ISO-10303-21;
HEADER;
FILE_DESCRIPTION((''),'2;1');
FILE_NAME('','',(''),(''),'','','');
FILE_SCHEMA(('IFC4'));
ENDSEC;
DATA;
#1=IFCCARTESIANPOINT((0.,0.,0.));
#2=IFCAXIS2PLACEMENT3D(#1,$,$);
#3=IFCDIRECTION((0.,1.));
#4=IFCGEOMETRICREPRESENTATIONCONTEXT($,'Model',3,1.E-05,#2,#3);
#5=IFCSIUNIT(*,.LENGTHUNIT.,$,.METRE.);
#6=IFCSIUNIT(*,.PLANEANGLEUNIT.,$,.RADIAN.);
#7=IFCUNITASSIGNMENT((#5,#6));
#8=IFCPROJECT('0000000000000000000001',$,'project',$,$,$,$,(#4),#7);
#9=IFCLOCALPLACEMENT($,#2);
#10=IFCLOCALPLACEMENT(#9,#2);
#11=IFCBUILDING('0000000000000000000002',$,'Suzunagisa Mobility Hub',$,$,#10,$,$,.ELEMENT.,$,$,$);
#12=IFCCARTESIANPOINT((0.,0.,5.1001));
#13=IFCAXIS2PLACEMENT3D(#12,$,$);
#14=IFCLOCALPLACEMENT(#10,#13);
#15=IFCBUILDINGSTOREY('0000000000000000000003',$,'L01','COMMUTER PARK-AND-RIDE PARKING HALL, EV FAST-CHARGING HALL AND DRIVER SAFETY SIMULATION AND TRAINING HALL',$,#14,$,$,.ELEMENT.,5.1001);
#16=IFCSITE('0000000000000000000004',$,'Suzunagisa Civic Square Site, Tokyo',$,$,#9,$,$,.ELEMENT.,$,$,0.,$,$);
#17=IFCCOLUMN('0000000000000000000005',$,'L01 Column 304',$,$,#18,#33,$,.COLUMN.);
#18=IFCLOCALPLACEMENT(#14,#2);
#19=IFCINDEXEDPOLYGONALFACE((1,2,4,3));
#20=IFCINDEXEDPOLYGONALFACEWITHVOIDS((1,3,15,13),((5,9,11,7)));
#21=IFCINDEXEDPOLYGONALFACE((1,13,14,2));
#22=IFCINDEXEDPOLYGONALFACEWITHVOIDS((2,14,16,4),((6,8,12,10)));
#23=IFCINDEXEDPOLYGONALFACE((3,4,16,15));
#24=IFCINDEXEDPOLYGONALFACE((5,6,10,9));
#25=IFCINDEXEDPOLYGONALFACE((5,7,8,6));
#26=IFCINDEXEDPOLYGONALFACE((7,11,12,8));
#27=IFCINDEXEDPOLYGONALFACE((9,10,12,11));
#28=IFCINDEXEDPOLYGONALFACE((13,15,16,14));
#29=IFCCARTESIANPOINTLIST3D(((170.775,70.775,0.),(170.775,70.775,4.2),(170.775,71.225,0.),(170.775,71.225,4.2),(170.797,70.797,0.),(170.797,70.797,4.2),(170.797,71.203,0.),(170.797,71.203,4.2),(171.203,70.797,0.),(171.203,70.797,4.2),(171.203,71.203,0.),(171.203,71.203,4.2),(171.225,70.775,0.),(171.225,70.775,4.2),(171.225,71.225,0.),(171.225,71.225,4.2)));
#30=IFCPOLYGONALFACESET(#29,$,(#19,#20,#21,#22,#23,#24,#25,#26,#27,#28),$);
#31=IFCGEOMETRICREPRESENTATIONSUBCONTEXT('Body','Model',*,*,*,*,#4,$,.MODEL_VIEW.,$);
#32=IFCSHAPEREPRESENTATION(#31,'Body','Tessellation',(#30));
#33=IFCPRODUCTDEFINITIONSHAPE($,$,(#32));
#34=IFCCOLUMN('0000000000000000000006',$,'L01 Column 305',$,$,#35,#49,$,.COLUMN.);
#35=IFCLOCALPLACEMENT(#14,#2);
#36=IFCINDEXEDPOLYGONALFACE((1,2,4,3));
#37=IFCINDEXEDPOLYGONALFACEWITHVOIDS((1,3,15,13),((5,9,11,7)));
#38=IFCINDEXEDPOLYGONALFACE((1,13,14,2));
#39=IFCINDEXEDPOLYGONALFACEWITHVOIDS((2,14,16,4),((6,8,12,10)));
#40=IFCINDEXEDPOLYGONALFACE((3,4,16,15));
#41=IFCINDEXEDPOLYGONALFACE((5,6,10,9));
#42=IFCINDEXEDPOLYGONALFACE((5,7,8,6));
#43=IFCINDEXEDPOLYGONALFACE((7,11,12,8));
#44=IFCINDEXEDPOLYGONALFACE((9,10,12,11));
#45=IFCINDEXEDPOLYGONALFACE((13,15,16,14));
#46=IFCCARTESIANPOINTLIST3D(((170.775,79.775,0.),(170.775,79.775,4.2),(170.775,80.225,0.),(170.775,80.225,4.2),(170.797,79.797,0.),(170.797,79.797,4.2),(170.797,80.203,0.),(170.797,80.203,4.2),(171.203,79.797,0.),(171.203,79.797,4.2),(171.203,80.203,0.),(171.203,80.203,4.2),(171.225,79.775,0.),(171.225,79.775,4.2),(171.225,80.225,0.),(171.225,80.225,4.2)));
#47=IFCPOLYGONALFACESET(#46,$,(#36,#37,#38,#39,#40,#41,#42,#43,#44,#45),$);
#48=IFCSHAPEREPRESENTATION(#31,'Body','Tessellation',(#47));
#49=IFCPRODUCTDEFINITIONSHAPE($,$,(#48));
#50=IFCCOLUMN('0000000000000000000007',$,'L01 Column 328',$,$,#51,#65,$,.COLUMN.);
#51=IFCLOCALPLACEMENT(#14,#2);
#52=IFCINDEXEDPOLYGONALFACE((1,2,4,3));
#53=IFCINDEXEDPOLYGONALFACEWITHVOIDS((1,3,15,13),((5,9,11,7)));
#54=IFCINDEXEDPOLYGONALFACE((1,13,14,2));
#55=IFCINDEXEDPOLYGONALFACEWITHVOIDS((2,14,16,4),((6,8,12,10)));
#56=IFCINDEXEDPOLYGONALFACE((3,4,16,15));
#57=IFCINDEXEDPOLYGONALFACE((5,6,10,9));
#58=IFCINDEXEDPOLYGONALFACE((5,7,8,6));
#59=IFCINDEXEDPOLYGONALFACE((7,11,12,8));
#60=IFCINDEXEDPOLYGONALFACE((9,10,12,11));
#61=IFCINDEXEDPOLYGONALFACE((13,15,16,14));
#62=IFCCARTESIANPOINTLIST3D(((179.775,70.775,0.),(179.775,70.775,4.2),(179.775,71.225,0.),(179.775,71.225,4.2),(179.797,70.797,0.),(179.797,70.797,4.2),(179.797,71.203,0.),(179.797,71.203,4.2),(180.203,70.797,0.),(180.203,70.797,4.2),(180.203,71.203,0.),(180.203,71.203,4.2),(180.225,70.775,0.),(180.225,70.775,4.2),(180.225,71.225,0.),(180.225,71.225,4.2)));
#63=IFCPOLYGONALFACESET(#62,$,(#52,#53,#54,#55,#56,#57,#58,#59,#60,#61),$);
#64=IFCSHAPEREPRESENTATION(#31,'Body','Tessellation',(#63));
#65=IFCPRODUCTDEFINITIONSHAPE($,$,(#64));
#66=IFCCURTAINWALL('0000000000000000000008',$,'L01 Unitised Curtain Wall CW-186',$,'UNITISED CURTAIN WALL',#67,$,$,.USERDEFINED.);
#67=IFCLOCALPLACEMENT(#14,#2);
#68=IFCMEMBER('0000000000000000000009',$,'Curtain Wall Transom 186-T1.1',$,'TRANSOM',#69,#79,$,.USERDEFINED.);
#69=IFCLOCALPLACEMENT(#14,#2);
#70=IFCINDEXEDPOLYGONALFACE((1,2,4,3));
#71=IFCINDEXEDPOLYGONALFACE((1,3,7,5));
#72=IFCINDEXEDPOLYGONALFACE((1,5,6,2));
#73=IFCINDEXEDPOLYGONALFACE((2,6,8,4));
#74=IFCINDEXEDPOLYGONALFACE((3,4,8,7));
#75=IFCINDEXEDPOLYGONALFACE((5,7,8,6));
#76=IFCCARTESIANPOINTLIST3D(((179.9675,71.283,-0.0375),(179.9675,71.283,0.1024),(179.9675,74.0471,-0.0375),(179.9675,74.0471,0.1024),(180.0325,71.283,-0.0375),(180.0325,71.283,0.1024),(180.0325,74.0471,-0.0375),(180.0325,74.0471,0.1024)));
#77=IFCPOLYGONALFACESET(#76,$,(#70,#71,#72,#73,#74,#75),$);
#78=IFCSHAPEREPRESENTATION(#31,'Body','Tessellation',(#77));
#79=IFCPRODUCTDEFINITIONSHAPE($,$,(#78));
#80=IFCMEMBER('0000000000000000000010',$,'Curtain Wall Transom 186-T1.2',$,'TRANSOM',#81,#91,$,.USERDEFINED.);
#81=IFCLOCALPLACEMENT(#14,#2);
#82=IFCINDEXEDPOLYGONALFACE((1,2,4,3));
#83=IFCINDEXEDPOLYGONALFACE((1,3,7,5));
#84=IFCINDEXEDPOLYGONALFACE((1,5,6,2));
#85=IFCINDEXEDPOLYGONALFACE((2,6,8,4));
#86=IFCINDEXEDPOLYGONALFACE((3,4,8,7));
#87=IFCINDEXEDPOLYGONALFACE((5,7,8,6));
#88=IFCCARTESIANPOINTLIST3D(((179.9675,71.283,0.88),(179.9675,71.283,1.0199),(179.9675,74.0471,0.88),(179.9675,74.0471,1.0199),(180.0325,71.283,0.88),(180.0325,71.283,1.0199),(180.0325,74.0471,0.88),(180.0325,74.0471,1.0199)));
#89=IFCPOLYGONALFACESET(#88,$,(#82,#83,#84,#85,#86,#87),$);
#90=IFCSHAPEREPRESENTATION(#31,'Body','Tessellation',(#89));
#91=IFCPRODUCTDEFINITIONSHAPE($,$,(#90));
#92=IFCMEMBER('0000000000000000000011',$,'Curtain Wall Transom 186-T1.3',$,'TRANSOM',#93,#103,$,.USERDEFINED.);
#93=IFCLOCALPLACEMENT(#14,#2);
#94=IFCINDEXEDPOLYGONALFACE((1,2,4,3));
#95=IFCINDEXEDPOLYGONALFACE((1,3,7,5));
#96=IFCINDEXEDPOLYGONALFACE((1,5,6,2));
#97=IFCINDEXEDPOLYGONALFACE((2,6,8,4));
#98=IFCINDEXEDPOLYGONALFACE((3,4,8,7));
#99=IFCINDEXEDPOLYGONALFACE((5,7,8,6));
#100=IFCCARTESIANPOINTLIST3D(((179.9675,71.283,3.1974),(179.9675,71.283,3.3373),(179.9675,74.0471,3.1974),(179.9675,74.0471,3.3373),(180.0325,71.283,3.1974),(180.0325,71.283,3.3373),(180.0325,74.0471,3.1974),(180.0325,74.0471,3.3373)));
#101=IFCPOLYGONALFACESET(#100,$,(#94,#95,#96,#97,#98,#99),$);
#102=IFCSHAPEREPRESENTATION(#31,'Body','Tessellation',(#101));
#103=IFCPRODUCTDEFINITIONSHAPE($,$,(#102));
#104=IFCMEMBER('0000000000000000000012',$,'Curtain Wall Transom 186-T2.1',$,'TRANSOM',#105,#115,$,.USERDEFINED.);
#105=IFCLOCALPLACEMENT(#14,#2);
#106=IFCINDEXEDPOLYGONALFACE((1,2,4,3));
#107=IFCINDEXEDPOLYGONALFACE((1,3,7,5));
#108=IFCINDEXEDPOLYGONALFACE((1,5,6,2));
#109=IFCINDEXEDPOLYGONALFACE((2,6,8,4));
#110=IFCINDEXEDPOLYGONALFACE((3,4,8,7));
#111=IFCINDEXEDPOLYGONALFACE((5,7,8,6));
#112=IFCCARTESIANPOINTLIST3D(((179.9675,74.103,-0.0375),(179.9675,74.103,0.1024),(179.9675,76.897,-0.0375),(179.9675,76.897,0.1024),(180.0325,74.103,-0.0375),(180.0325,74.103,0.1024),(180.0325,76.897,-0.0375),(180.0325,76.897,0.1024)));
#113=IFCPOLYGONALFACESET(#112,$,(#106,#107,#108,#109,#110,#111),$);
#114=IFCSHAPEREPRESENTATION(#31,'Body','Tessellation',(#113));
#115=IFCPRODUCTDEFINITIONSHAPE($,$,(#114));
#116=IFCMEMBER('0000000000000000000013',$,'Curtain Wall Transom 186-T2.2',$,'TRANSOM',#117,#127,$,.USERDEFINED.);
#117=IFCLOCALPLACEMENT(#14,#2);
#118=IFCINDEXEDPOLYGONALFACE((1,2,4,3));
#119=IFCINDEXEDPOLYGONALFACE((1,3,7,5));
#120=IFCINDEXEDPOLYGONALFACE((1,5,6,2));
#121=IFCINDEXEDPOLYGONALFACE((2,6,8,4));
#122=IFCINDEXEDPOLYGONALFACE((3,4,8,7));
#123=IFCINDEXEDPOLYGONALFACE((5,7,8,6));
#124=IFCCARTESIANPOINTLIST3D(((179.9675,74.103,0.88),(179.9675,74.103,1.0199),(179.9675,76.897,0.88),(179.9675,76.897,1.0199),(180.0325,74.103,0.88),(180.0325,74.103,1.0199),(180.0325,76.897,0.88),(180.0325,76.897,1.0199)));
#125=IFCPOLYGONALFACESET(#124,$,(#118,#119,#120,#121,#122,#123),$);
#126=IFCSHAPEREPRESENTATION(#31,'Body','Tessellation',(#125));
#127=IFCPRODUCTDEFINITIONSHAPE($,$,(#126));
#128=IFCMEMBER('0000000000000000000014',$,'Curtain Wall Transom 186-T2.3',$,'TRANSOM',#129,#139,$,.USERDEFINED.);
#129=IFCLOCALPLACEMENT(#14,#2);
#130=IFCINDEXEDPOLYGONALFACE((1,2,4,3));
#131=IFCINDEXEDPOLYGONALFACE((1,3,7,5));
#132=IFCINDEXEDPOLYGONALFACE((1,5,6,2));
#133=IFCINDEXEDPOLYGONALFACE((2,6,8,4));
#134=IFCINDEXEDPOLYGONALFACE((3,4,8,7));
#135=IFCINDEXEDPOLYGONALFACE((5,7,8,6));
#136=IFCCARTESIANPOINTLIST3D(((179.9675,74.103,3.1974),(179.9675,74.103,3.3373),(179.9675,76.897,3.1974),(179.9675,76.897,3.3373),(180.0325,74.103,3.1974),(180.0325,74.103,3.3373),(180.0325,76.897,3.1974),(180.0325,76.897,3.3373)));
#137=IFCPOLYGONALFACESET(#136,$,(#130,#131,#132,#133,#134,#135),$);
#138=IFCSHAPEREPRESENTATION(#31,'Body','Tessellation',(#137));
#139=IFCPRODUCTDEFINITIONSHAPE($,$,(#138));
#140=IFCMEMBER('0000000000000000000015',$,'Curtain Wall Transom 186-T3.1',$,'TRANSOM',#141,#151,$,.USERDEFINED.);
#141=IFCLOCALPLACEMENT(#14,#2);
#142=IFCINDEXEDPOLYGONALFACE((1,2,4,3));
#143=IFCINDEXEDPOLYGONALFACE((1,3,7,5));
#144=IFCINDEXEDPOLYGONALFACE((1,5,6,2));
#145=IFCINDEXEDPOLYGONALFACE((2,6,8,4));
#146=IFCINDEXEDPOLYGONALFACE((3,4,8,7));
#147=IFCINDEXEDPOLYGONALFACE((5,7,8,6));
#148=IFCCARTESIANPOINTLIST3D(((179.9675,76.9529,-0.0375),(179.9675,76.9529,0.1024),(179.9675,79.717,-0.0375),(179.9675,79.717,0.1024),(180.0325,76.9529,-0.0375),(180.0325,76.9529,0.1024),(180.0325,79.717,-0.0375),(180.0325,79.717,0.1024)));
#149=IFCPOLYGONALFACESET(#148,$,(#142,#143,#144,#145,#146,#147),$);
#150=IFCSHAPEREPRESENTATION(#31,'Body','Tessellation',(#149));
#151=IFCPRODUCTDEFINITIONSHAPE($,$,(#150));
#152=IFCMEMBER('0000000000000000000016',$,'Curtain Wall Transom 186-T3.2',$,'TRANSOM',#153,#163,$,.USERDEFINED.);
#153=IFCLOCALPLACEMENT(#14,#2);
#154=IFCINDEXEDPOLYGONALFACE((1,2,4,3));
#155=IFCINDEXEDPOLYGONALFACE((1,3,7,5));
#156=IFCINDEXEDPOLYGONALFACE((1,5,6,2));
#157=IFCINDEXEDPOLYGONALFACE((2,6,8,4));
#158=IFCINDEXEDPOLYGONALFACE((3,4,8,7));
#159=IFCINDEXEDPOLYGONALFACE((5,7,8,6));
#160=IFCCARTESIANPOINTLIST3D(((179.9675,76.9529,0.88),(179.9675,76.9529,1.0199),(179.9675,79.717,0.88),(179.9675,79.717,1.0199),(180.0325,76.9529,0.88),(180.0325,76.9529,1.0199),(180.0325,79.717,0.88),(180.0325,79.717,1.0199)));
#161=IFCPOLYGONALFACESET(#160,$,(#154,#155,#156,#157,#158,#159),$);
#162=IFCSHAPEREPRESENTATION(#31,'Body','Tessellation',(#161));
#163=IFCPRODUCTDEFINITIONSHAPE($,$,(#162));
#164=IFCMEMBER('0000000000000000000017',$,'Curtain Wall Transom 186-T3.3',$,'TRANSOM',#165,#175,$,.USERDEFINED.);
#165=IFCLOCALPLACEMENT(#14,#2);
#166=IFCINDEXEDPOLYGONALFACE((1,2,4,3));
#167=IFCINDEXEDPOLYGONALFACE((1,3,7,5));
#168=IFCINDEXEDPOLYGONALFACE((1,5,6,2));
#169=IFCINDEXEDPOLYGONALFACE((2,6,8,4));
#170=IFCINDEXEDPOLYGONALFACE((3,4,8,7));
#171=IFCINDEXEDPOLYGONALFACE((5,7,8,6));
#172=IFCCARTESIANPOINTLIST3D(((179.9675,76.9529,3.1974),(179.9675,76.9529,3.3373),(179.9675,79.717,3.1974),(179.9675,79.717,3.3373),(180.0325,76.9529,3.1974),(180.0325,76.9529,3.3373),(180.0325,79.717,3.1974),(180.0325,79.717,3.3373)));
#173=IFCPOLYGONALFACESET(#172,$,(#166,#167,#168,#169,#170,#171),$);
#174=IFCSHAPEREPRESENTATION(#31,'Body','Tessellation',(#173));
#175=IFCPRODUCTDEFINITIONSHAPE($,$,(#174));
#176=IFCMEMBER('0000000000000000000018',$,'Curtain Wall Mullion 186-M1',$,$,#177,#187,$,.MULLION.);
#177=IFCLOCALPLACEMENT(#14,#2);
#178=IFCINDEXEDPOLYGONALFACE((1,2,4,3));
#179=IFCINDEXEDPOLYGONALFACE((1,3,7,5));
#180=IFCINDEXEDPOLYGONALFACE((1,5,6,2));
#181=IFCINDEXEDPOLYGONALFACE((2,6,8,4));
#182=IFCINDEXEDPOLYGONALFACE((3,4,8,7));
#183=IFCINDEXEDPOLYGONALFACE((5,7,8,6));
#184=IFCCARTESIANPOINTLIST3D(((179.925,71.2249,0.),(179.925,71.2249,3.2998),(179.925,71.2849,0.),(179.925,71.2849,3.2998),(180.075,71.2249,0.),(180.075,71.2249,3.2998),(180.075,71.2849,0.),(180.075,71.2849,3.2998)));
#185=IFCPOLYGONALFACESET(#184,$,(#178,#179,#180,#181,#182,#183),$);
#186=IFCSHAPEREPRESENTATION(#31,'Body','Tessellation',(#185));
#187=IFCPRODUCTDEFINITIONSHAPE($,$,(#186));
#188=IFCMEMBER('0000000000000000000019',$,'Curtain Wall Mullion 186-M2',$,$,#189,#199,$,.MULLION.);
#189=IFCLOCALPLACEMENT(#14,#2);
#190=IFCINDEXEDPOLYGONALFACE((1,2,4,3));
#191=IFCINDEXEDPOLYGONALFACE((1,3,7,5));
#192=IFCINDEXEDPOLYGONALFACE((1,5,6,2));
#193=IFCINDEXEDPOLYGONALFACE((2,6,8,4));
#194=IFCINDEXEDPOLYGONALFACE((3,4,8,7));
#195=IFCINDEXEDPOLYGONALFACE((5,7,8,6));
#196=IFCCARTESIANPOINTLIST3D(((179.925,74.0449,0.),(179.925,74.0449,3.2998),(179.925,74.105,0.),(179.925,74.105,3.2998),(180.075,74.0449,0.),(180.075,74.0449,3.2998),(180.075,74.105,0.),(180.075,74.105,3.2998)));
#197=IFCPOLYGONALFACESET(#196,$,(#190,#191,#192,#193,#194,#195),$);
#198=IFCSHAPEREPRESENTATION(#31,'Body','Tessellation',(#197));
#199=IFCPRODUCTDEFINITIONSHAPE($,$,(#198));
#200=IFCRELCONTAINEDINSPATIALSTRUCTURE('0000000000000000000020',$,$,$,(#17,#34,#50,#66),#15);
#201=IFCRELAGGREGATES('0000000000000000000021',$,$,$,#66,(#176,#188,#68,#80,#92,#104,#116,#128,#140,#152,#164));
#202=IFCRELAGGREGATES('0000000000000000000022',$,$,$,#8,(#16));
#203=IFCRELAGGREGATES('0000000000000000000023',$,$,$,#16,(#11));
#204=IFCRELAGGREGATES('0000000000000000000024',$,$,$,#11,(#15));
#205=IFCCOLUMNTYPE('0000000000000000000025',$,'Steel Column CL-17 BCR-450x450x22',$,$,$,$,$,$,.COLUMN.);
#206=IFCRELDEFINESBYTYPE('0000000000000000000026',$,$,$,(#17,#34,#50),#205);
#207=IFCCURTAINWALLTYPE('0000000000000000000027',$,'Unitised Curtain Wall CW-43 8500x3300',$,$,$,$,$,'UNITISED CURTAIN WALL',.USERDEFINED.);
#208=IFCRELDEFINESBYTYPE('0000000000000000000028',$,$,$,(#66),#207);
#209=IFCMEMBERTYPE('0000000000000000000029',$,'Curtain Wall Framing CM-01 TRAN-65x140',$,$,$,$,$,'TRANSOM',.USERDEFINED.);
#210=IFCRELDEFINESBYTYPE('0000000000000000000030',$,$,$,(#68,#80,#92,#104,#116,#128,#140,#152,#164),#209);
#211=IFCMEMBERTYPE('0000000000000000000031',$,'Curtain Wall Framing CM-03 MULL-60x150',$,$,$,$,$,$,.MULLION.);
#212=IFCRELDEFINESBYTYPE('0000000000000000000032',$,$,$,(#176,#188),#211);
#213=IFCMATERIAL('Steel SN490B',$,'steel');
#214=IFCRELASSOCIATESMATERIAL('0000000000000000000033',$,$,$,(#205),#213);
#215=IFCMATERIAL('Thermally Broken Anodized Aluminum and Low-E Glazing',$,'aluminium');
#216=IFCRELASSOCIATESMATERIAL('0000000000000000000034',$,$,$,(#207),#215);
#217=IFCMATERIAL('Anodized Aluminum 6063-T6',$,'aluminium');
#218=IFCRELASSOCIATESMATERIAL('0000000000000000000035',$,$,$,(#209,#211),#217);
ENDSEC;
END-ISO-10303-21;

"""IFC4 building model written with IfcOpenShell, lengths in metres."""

from ifc_helpers import new_model, si_unit, direction, frame, origin, origin_2d, place, context, subcontext, project, spatial, rectangle, hollow_rectangle, extrude, material, material_profile, profile_set, type_object, element, aggregate, save


model = new_model("IFC4")

# Units and contexts
model_context = context("Model", 3, precision=1e-05, world=origin(), true_north=direction((0.0, 1.0)))
body_context = subcontext(model_context, "Body", "Model", "MODEL_VIEW")
ifc_project = project(units=[si_unit("LENGTHUNIT", "METRE"), si_unit("PLANEANGLEUNIT", "RADIAN")], contexts=[model_context])

# Site, building, storey
site_placement = place(None, origin())
site = spatial("IfcSite", under=ifc_project, at=site_placement, Name="Suzunagisa Civic Square Site, Tokyo", CompositionType="ELEMENT", RefElevation=0.0)
building_placement = place(site_placement, origin())
building = spatial("IfcBuilding", under=site, at=building_placement, Name="Suzunagisa Mobility Hub", CompositionType="ELEMENT")
storey_placement = place(building_placement, frame((0.0, 0.0, 5.1001)))
storey = spatial("IfcBuildingStorey", under=building, at=storey_placement, Name="L01", Description="COMMUTER PARK-AND-RIDE PARKING HALL, EV FAST-CHARGING HALL AND DRIVER SAFETY SIMULATION AND TRAINING HALL", CompositionType="ELEMENT", Elevation=5.1001)

# Columns
ifc_material_1 = material(Name="Steel SN490B", Category="steel")
ifc_material_profile_1 = material_profile(ifc_material_1, hollow_rectangle(XDim=0.45, YDim=0.45, WallThickness=0.022, at=origin_2d()), Name="BCR-450x450x22")
ifc_profile_set_1 = profile_set([ifc_material_profile_1], Name="Steel SN490B")
column_type = type_object("IfcColumnType", Name="Steel Column CL-17 BCR-450x450x22", PredefinedType="COLUMN", material=ifc_profile_set_1)
for number, where, z_axis, x_axis, name in (
    (1, (171.0, 71.0, 0.0), (0.0, 0.0, 1.0), (1.0, 0.0, 0.0), "L01 Column 304"),
    (2, (171.0, 80.0, 0.0), (0.0, 0.0, 1.0), (1.0, 0.0, 0.0), "L01 Column 305"),
    (3, (180.0, 71.0, 0.0), (0.0, 0.0, 1.0), (1.0, 0.0, 0.0), "L01 Column 328"),
):
    element("IfcColumn", number, at=place(storey_placement, frame(where, z_axis=z_axis, x_axis=x_axis)), inside=storey, type_object=column_type, Name=name, PredefinedType="COLUMN", context=body_context, shape_type="SweptSolid", body=[
        extrude(hollow_rectangle(XDim=0.45, YDim=0.45, WallThickness=0.022, at=origin_2d()), origin(), (0.0, 0.0, 1.0), 4.2),
    ])

# Curtain wall, members
ifc_material_2 = material(Name="Thermally Broken Anodized Aluminum and Low-E Glazing", Category="aluminium")
curtain_wall_type = type_object("IfcCurtainWallType", Name="Unitised Curtain Wall CW-43 8500x3300", ElementType="UNITISED CURTAIN WALL", PredefinedType="USERDEFINED", material=ifc_material_2)
curtain_wall_placement = place(storey_placement, origin())
curtain_wall = element("IfcCurtainWall", 4, at=curtain_wall_placement, inside=storey, type_object=curtain_wall_type, Name="L01 Unitised Curtain Wall CW-186", ObjectType="UNITISED CURTAIN WALL", PredefinedType="USERDEFINED")
ifc_material_3 = material(Name="Anodized Aluminum 6063-T6", Category="aluminium")
ifc_material_profile_2 = material_profile(ifc_material_3, rectangle(XDim=0.0649, YDim=0.1399, at=origin_2d()), Name="TRAN-65x140")
ifc_profile_set_2 = profile_set([ifc_material_profile_2], Name="Anodized Aluminum 6063-T6")
member_type_1 = type_object("IfcMemberType", Name="Curtain Wall Framing CM-01 TRAN-65x140", ElementType="TRANSOM", PredefinedType="USERDEFINED", material=ifc_profile_set_2)
member_1_placement = place(storey_placement, frame((180.0, 71.283, 0.0325), z_axis=(0.0, 1.0, 0.0), x_axis=(-1.0, 0.0, 0.0)))
member_1 = element("IfcMember", 5, at=member_1_placement, type_object=member_type_1, Name="Curtain Wall Transom 186-T1.1", ObjectType="TRANSOM", PredefinedType="USERDEFINED", context=body_context, shape_type="SweptSolid", body=[
    extrude(rectangle(XDim=0.0649, YDim=0.1399, at=origin_2d()), origin(), (0.0, 0.0, 1.0), 2.7642),
])
member_2_placement = place(storey_placement, frame((180.0, 71.283, 0.95), z_axis=(0.0, 1.0, 0.0), x_axis=(-1.0, 0.0, 0.0)))
member_2 = element("IfcMember", 6, at=member_2_placement, type_object=member_type_1, Name="Curtain Wall Transom 186-T1.2", ObjectType="TRANSOM", PredefinedType="USERDEFINED", context=body_context, shape_type="SweptSolid", body=[
    extrude(rectangle(XDim=0.0649, YDim=0.1399, at=origin_2d()), origin(), (0.0, 0.0, 1.0), 2.7642),
])
member_3_placement = place(storey_placement, frame((180.0, 71.283, 3.2673), z_axis=(0.0, 1.0, 0.0), x_axis=(-1.0, 0.0, 0.0)))
member_3 = element("IfcMember", 7, at=member_3_placement, type_object=member_type_1, Name="Curtain Wall Transom 186-T1.3", ObjectType="TRANSOM", PredefinedType="USERDEFINED", context=body_context, shape_type="SweptSolid", body=[
    extrude(rectangle(XDim=0.0649, YDim=0.1399, at=origin_2d()), origin(), (0.0, 0.0, 1.0), 2.7642),
])
member_4_placement = place(storey_placement, frame((180.0, 74.103, 0.0325), z_axis=(0.0, 1.0, 0.0), x_axis=(-1.0, 0.0, 0.0)))
member_4 = element("IfcMember", 8, at=member_4_placement, type_object=member_type_1, Name="Curtain Wall Transom 186-T2.1", ObjectType="TRANSOM", PredefinedType="USERDEFINED", context=body_context, shape_type="SweptSolid", body=[
    extrude(rectangle(XDim=0.0649, YDim=0.1399, at=origin_2d()), origin(), (0.0, 0.0, 1.0), 2.7939),
])
member_5_placement = place(storey_placement, frame((180.0, 74.103, 0.95), z_axis=(0.0, 1.0, 0.0), x_axis=(-1.0, 0.0, 0.0)))
member_5 = element("IfcMember", 9, at=member_5_placement, type_object=member_type_1, Name="Curtain Wall Transom 186-T2.2", ObjectType="TRANSOM", PredefinedType="USERDEFINED", context=body_context, shape_type="SweptSolid", body=[
    extrude(rectangle(XDim=0.0649, YDim=0.1399, at=origin_2d()), origin(), (0.0, 0.0, 1.0), 2.7939),
])
member_6_placement = place(storey_placement, frame((180.0, 74.103, 3.2673), z_axis=(0.0, 1.0, 0.0), x_axis=(-1.0, 0.0, 0.0)))
member_6 = element("IfcMember", 10, at=member_6_placement, type_object=member_type_1, Name="Curtain Wall Transom 186-T2.3", ObjectType="TRANSOM", PredefinedType="USERDEFINED", context=body_context, shape_type="SweptSolid", body=[
    extrude(rectangle(XDim=0.0649, YDim=0.1399, at=origin_2d()), origin(), (0.0, 0.0, 1.0), 2.7939),
])
member_7_placement = place(storey_placement, frame((180.0, 76.9529, 0.0325), z_axis=(0.0, 1.0, 0.0), x_axis=(-1.0, 0.0, 0.0)))
member_7 = element("IfcMember", 11, at=member_7_placement, type_object=member_type_1, Name="Curtain Wall Transom 186-T3.1", ObjectType="TRANSOM", PredefinedType="USERDEFINED", context=body_context, shape_type="SweptSolid", body=[
    extrude(rectangle(XDim=0.0649, YDim=0.1399, at=origin_2d()), origin(), (0.0, 0.0, 1.0), 2.7642),
])
member_8_placement = place(storey_placement, frame((180.0, 76.9529, 0.95), z_axis=(0.0, 1.0, 0.0), x_axis=(-1.0, 0.0, 0.0)))
member_8 = element("IfcMember", 12, at=member_8_placement, type_object=member_type_1, Name="Curtain Wall Transom 186-T3.2", ObjectType="TRANSOM", PredefinedType="USERDEFINED", context=body_context, shape_type="SweptSolid", body=[
    extrude(rectangle(XDim=0.0649, YDim=0.1399, at=origin_2d()), origin(), (0.0, 0.0, 1.0), 2.7642),
])
member_9_placement = place(storey_placement, frame((180.0, 76.9529, 3.2673), z_axis=(0.0, 1.0, 0.0), x_axis=(-1.0, 0.0, 0.0)))
member_9 = element("IfcMember", 13, at=member_9_placement, type_object=member_type_1, Name="Curtain Wall Transom 186-T3.3", ObjectType="TRANSOM", PredefinedType="USERDEFINED", context=body_context, shape_type="SweptSolid", body=[
    extrude(rectangle(XDim=0.0649, YDim=0.1399, at=origin_2d()), origin(), (0.0, 0.0, 1.0), 2.7642),
])
ifc_material_profile_3 = material_profile(ifc_material_3, rectangle(XDim=0.0601, YDim=0.1499, at=origin_2d()), Name="MULL-60x150")
ifc_profile_set_3 = profile_set([ifc_material_profile_3], Name="Anodized Aluminum 6063-T6")
member_type_2 = type_object("IfcMemberType", Name="Curtain Wall Framing CM-03 MULL-60x150", PredefinedType="MULLION", material=ifc_profile_set_3)
member_10_placement = place(storey_placement, frame((180.0, 71.2549, 0.0), z_axis=(0.0, 0.0, 1.0), x_axis=(0.0, 1.0, 0.0)))
member_10 = element("IfcMember", 14, at=member_10_placement, type_object=member_type_2, Name="Curtain Wall Mullion 186-M1", PredefinedType="MULLION", context=body_context, shape_type="SweptSolid", body=[
    extrude(rectangle(XDim=0.0601, YDim=0.1499, at=origin_2d()), origin(), (0.0, 0.0, 1.0), 3.2998),
])
member_11_placement = place(storey_placement, frame((180.0, 74.075, 0.0), z_axis=(0.0, 0.0, 1.0), x_axis=(0.0, 1.0, 0.0)))
member_11 = element("IfcMember", 15, at=member_11_placement, type_object=member_type_2, Name="Curtain Wall Mullion 186-M2", PredefinedType="MULLION", context=body_context, shape_type="SweptSolid", body=[
    extrude(rectangle(XDim=0.0601, YDim=0.1499, at=origin_2d()), origin(), (0.0, 0.0, 1.0), 3.2998),
])

aggregate(curtain_wall, [member_10, member_11, member_1, member_2, member_3, member_4, member_5, member_6, member_7, member_8, member_9])

save(model, "model.ifc")
